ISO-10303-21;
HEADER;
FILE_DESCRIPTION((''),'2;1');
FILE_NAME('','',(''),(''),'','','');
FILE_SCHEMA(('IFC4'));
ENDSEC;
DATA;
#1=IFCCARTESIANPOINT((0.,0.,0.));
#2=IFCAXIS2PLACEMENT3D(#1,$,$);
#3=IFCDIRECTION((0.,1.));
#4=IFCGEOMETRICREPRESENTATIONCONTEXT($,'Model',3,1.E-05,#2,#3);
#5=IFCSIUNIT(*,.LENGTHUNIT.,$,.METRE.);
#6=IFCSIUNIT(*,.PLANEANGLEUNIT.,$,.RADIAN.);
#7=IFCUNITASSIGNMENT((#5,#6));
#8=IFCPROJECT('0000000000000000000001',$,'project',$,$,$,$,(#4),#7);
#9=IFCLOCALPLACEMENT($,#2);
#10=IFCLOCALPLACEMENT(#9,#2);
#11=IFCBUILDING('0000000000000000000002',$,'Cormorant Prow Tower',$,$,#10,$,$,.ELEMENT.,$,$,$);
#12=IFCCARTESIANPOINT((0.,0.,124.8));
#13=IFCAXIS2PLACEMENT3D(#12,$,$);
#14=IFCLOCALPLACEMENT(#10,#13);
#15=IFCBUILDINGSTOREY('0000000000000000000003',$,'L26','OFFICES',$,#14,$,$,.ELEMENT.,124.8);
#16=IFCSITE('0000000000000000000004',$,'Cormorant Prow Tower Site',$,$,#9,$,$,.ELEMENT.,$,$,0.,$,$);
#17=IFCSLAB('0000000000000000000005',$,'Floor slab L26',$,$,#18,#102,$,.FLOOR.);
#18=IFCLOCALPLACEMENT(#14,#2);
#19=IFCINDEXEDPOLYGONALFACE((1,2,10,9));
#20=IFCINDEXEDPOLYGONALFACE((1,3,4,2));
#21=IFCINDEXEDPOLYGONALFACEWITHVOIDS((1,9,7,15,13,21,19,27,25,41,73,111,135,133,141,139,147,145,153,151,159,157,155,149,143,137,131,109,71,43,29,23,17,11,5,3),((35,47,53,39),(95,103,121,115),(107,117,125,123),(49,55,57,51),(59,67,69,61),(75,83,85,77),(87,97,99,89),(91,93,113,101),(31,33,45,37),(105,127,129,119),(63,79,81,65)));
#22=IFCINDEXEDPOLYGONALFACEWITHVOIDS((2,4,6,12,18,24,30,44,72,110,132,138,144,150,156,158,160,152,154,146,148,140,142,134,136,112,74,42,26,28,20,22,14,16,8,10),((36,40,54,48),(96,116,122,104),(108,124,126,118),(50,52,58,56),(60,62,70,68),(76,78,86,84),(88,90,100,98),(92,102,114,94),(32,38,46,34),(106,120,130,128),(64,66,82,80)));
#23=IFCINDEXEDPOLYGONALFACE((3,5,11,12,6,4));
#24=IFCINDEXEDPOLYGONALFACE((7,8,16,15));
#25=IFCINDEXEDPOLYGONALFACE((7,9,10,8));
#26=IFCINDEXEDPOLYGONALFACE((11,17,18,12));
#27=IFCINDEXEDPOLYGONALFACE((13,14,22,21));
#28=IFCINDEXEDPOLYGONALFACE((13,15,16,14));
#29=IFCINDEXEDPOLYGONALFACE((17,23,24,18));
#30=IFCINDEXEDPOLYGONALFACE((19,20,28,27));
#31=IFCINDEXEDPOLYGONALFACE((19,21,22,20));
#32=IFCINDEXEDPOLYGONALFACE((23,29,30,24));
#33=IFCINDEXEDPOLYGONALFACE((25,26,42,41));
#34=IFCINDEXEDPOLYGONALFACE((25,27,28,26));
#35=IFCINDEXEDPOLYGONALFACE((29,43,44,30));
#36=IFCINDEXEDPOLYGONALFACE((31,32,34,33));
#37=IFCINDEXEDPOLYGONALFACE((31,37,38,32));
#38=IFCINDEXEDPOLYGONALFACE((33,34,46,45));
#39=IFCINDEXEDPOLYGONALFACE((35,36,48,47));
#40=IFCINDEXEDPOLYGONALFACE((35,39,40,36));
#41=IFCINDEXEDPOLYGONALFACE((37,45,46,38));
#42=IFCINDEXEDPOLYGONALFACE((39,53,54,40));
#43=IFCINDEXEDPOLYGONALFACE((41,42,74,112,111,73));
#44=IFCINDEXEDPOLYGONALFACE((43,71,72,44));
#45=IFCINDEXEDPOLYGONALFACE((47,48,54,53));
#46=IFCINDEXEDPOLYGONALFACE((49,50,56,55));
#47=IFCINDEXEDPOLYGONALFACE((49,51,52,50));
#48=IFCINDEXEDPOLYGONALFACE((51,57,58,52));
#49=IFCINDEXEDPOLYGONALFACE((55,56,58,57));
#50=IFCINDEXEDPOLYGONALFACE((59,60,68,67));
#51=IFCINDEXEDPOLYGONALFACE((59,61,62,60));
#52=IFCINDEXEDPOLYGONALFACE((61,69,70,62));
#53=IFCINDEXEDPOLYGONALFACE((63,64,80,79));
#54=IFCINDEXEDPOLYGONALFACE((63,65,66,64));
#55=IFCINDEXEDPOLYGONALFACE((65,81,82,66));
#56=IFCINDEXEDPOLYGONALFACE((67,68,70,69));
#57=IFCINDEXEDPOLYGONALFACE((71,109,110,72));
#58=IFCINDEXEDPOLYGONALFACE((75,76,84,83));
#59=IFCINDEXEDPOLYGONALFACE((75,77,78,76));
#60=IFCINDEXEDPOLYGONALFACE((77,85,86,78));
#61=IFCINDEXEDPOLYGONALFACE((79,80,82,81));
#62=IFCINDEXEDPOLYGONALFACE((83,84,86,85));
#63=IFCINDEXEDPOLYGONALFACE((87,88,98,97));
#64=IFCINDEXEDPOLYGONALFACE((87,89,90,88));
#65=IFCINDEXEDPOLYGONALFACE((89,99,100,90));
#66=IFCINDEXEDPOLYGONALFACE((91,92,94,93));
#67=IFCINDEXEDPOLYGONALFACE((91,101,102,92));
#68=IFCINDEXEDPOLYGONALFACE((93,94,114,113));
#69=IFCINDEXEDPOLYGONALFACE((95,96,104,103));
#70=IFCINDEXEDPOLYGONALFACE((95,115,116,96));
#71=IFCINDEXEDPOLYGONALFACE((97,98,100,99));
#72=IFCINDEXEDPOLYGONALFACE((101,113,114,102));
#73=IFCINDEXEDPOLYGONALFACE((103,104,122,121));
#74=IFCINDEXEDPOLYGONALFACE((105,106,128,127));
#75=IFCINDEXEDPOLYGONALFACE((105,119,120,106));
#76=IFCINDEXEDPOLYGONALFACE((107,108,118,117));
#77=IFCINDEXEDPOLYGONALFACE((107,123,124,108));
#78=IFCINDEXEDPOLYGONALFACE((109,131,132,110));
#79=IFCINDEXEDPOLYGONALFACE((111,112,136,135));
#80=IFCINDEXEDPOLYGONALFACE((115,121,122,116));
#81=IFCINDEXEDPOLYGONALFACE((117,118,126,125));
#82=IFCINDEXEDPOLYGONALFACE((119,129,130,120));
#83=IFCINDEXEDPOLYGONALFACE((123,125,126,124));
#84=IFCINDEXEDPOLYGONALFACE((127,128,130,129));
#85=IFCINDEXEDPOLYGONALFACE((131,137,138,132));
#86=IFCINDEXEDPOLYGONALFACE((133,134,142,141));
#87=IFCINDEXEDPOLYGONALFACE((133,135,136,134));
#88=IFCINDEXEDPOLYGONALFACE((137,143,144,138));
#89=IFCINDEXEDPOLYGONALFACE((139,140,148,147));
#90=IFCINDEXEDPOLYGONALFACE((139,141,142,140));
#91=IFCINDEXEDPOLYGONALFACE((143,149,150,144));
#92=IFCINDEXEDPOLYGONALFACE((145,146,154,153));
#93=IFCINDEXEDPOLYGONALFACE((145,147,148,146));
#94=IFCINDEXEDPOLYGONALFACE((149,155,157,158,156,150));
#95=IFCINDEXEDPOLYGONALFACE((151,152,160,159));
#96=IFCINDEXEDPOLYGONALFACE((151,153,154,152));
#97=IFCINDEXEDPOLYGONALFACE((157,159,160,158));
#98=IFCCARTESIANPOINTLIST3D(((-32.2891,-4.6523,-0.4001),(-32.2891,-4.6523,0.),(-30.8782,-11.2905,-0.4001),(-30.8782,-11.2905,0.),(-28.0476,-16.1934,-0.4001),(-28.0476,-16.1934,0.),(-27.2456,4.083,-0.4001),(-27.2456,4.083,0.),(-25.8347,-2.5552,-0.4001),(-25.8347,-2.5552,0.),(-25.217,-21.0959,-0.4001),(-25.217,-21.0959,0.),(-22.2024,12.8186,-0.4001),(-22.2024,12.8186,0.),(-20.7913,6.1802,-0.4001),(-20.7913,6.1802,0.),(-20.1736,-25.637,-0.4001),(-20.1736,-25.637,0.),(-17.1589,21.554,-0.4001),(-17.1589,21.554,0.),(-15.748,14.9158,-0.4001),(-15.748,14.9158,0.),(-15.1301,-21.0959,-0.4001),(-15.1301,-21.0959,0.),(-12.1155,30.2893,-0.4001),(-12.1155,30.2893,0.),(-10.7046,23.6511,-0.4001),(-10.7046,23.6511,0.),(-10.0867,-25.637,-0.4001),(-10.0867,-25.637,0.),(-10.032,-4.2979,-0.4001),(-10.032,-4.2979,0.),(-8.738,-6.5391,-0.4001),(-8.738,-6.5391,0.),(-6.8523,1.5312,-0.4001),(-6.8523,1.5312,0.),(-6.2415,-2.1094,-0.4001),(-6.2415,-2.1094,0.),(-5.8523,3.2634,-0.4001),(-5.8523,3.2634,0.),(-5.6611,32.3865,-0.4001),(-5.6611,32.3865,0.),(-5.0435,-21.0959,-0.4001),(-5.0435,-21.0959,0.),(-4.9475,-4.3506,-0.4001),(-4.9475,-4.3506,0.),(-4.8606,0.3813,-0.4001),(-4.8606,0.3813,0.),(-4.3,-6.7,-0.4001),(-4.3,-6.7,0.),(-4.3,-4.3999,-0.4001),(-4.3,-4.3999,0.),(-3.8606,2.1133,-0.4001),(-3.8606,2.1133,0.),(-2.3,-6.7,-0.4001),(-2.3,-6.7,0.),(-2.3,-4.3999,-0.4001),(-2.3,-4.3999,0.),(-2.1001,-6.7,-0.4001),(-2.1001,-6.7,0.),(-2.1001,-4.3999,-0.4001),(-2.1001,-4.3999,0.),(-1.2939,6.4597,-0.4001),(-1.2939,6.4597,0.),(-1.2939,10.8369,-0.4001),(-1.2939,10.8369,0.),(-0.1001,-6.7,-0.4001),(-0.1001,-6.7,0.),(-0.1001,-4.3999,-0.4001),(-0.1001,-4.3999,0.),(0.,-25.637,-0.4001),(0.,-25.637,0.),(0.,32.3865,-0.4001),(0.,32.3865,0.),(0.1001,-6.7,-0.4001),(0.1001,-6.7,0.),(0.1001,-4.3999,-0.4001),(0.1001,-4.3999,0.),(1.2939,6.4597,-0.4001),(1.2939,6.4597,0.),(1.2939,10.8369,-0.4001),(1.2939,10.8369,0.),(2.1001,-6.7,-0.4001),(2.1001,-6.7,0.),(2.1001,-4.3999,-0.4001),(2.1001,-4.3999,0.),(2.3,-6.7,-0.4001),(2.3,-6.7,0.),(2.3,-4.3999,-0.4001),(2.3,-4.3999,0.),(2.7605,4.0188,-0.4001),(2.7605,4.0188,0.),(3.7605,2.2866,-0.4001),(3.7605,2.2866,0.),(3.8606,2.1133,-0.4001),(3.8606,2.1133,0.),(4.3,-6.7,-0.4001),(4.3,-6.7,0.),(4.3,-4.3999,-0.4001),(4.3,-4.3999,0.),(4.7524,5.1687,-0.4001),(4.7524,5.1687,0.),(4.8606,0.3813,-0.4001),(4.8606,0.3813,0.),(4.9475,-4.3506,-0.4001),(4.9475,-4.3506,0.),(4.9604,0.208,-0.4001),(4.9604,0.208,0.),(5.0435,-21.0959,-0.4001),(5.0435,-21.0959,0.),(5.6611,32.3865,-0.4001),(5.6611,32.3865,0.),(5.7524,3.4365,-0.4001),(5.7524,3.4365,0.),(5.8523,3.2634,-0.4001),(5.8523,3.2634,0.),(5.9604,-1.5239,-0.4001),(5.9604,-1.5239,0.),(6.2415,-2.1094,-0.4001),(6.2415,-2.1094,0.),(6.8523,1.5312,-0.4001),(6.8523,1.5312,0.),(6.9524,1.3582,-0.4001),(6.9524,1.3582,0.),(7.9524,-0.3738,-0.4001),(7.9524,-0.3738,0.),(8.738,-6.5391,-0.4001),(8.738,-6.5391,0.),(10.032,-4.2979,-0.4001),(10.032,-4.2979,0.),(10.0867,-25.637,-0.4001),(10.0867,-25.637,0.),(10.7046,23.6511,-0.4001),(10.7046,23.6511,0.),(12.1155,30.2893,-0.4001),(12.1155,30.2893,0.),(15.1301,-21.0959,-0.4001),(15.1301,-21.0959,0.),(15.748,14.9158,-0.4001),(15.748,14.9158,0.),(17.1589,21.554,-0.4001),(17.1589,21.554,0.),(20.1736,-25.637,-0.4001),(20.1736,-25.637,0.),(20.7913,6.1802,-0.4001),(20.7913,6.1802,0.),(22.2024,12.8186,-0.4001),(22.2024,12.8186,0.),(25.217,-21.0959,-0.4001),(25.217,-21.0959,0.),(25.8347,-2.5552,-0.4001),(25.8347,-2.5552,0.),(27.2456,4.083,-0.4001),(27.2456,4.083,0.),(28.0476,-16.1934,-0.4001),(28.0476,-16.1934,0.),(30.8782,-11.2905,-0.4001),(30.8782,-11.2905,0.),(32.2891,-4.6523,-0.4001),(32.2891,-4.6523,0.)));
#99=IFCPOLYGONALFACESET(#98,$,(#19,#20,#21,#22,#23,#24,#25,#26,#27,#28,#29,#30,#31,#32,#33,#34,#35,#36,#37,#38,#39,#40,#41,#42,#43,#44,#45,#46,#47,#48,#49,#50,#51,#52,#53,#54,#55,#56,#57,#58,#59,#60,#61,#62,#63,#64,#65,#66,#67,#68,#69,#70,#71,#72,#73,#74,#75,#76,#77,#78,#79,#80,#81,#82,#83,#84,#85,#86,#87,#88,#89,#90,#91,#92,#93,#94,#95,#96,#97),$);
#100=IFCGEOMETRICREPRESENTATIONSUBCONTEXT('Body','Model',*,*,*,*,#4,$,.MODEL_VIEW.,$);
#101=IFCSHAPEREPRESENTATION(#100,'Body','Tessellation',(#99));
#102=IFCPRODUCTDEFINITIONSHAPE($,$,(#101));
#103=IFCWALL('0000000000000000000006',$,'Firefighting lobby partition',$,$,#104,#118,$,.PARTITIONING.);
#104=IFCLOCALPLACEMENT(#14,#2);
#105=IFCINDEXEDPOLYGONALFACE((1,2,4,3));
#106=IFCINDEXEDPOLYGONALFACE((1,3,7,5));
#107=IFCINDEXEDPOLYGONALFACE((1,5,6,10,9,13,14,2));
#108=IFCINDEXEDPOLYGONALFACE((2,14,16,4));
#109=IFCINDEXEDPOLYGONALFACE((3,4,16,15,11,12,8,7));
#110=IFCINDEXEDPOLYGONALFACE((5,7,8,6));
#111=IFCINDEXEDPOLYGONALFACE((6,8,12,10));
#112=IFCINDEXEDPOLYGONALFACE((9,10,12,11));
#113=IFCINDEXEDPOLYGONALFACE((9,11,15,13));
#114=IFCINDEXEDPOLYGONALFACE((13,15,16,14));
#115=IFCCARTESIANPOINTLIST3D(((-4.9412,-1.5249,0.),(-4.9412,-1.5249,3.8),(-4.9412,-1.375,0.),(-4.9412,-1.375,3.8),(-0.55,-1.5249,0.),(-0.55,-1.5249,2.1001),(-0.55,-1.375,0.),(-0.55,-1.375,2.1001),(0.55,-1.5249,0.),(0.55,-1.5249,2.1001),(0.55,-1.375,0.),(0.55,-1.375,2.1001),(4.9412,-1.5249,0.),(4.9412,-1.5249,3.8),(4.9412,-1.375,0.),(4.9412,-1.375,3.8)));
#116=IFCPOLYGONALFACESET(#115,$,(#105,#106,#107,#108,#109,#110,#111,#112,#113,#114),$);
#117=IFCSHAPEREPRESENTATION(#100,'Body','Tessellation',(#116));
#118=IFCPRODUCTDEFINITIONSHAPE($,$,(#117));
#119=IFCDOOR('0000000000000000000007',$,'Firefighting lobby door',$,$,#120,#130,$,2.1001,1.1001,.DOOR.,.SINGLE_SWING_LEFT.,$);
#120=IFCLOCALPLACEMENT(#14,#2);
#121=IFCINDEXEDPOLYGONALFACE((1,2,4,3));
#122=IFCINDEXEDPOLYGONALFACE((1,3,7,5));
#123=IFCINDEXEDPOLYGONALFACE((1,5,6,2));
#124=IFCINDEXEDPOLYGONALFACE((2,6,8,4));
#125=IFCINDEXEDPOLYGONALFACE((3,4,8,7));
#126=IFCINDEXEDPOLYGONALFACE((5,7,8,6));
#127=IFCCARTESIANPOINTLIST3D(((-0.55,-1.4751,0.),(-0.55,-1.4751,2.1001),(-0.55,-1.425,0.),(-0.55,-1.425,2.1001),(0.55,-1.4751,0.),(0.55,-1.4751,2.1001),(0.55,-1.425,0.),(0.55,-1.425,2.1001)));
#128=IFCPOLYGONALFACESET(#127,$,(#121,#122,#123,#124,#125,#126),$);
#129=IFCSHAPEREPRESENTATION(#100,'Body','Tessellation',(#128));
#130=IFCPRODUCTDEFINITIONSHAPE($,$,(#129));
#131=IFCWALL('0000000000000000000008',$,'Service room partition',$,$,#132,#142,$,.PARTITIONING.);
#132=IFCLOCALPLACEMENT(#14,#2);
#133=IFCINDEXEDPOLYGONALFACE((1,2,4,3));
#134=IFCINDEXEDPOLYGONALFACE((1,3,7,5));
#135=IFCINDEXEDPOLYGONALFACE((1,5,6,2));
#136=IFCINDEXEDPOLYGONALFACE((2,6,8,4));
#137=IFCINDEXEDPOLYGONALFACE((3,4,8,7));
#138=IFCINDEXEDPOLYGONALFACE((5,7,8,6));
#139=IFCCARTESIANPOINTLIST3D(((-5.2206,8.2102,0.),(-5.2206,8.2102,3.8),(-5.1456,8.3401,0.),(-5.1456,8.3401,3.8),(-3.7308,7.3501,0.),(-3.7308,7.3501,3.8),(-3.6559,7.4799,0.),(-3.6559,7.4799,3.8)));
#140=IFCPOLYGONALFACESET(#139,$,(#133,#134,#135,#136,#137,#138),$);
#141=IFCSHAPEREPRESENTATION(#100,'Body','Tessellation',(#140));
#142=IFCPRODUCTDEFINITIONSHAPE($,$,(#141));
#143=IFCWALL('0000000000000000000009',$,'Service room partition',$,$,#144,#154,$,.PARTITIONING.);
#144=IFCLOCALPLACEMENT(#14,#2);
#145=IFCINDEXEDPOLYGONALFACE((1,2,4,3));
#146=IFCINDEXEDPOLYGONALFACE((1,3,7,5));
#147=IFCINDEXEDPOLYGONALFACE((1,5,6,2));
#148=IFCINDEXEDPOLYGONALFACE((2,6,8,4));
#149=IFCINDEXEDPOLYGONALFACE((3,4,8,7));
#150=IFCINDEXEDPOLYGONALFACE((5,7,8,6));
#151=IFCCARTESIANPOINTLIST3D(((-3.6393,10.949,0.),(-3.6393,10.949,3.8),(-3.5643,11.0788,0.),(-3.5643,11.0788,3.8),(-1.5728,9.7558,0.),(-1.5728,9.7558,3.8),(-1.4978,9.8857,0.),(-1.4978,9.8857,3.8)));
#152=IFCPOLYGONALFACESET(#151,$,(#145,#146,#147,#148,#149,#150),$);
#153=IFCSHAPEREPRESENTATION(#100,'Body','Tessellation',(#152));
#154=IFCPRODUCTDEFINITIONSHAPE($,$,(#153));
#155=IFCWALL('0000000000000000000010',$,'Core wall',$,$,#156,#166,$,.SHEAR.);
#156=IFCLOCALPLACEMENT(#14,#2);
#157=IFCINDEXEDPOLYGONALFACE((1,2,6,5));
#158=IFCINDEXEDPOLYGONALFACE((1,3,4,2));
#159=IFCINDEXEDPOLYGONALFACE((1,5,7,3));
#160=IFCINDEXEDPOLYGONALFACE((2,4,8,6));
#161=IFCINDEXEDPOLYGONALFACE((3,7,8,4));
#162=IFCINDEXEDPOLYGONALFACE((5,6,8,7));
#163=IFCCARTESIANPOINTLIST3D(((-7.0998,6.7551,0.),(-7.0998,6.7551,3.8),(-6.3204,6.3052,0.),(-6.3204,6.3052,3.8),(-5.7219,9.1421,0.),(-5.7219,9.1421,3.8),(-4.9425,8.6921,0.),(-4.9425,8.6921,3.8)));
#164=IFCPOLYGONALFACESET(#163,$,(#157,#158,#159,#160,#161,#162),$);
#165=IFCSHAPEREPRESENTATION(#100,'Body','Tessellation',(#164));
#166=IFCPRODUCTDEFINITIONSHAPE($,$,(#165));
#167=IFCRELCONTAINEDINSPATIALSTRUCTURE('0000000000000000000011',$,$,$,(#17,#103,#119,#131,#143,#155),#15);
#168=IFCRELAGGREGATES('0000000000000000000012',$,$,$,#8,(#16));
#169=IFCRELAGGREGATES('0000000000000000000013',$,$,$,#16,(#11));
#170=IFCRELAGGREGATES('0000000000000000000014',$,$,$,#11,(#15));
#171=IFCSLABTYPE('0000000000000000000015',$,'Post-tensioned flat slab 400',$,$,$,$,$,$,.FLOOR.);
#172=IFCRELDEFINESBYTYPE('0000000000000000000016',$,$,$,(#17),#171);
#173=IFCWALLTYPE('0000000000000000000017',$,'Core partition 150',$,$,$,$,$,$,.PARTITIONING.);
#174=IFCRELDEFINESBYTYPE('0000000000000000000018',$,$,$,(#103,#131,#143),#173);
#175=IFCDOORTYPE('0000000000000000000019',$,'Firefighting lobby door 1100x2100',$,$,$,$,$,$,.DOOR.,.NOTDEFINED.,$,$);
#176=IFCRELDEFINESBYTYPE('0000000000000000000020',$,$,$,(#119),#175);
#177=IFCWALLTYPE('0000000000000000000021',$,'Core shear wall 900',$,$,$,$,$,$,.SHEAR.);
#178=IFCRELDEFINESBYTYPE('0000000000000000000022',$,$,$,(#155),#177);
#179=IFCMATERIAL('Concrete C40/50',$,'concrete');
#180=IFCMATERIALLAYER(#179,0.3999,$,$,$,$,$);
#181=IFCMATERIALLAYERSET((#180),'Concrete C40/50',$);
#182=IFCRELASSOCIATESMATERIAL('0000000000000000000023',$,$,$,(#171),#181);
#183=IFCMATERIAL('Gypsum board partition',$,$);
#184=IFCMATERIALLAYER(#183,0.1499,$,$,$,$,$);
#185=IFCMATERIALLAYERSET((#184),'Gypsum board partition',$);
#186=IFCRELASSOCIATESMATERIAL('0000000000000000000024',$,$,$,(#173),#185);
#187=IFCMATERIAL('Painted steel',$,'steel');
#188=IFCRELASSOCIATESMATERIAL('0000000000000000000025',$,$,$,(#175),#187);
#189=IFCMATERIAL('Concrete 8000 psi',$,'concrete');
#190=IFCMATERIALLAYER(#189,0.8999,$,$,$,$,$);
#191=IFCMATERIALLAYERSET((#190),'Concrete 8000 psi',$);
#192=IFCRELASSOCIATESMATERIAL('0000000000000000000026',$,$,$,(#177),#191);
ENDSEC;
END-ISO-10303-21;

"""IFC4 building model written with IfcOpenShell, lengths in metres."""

from ifc_helpers import new_model, si_unit, direction, frame, frame_2d, origin, place, context, subcontext, project, spatial, polyline, rectangle, outline, extrude, material, layer, layer_set, type_object, element, fill, save


model = new_model("IFC4")

# Units and contexts
model_context = context("Model", 3, precision=1e-05, world=origin(), true_north=direction((0.0, 1.0)))
body_context = subcontext(model_context, "Body", "Model", "MODEL_VIEW")
ifc_project = project(units=[si_unit("LENGTHUNIT", "METRE"), si_unit("PLANEANGLEUNIT", "RADIAN")], contexts=[model_context])

# Site, building, storey
site_placement = place(None, origin())
site = spatial("IfcSite", under=ifc_project, at=site_placement, Name="Cormorant Prow Tower Site", CompositionType="ELEMENT", RefElevation=0.0)
building_placement = place(site_placement, origin())
building = spatial("IfcBuilding", under=site, at=building_placement, Name="Cormorant Prow Tower", CompositionType="ELEMENT")
storey_placement = place(building_placement, frame((0.0, 0.0, 124.8)))
storey = spatial("IfcBuildingStorey", under=building, at=storey_placement, Name="L26", Description="OFFICES", CompositionType="ELEMENT", Elevation=124.8)

# Slab
ifc_material_1 = material(Name="Concrete C40/50", Category="concrete")
ifc_layer_1 = layer(ifc_material_1, 0.3999)
ifc_layer_set_1 = layer_set([ifc_layer_1], Name="Concrete C40/50")
slab_type_1 = type_object("IfcSlabType", Name="Post-tensioned flat slab 400", PredefinedType="FLOOR", material=ifc_layer_set_1)
slab_1_placement = place(storey_placement, frame((0.0, 0.0, -0.4001)))
element("IfcSlab", 1, at=slab_1_placement, inside=storey, type_object=slab_type_1, Name="Floor slab L26", PredefinedType="FLOOR", context=body_context, shape_type="SweptSolid", body=[
    extrude(outline(polyline([(-12.1155, 30.2893), (-10.7046, 23.6511), (-17.1589, 21.554), (-15.748, 14.9158), (-22.2024, 12.8186), (-20.7913, 6.1802), (-27.2456, 4.083), (-25.8347, -2.5552), (-32.2891, -4.6523), (-30.8782, -11.2905), (-28.0476, -16.1934), (-25.217, -21.0959), (-20.1736, -25.637), (-15.1301, -21.0959), (-10.0867, -25.637), (-5.0435, -21.0959), (0.0, -25.637), (5.0435, -21.0959), (10.0867, -25.637), (15.1301, -21.0959), (20.1736, -25.637), (25.217, -21.0959), (28.0476, -16.1934), (30.8782, -11.2905), (32.2891, -4.6523), (25.8347, -2.5552), (27.2456, 4.083), (20.7913, 6.1802), (22.2024, 12.8186), (15.748, 14.9158), (17.1589, 21.554), (10.7046, 23.6511), (12.1155, 30.2893), (5.6611, 32.3865), (0.0, 32.3865), (-5.6611, 32.3865), (-12.1155, 30.2893)]), holes=[polyline([(-4.3, -6.7), (-4.3, -4.3999), (-2.3, -4.3999), (-2.3, -6.7), (-4.3, -6.7)]), polyline([(-2.1001, -4.3999), (-0.1001, -4.3999), (-0.1001, -6.7), (-2.1001, -6.7), (-2.1001, -4.3999)]), polyline([(2.1001, -4.3999), (2.1001, -6.7), (0.1001, -6.7), (0.1001, -4.3999), (2.1001, -4.3999)]), polyline([(4.3, -6.7), (2.3, -6.7), (2.3, -4.3999), (4.3, -4.3999), (4.3, -6.7)]), polyline([(7.9524, -0.3738), (5.9604, -1.5239), (4.9604, 0.208), (6.9524, 1.3582), (7.9524, -0.3738)]), polyline([(4.8606, 0.3813), (3.8606, 2.1133), (5.8523, 3.2634), (6.8523, 1.5312), (4.8606, 0.3813)]), polyline([(2.7605, 4.0188), (4.7524, 5.1687), (5.7524, 3.4365), (3.7605, 2.2866), (2.7605, 4.0188)]), polyline([(-6.8523, 1.5312), (-5.8523, 3.2634), (-3.8606, 2.1133), (-4.8606, 0.3813), (-6.8523, 1.5312)]), polyline([(-4.9475, -4.3506), (-8.738, -6.5391), (-10.032, -4.2979), (-6.2415, -2.1094), (-4.9475, -4.3506)]), polyline([(10.032, -4.2979), (8.738, -6.5391), (4.9475, -4.3506), (6.2415, -2.1094), (10.032, -4.2979)]), polyline([(1.2939, 10.8369), (1.2939, 6.4597), (-1.2939, 6.4597), (-1.2939, 10.8369), (1.2939, 10.8369)])]), origin(), (0.0, 0.0, 1.0), 0.4001),
])

# Wall, opening, door
ifc_material_2 = material(Name="Gypsum board partition")
ifc_layer_2 = layer(ifc_material_2, 0.1499)
ifc_layer_set_2 = layer_set([ifc_layer_2], Name="Gypsum board partition")
wall_type_1 = type_object("IfcWallType", Name="Core partition 150", PredefinedType="PARTITIONING", material=ifc_layer_set_2)
wall_1_placement = place(storey_placement, frame((-4.9412, -1.45, 0.0), z_axis=(0.0, 0.0, 1.0), x_axis=(1.0, 0.0, 0.0)))
wall_1 = element("IfcWall", 2, at=wall_1_placement, inside=storey, type_object=wall_type_1, Name="Firefighting lobby partition", PredefinedType="PARTITIONING", context=body_context, shape_type="SweptSolid", body=[
    extrude(rectangle(XDim=9.8823, YDim=0.1499, at=frame_2d((4.9412, 0.0))), origin(), (0.0, 0.0, 1.0), 3.8),
])
opening_1_placement = place(wall_1_placement, frame((4.3911, 0.0, 0.0)))
opening_1 = element("IfcOpeningElement", 3, at=opening_1_placement, cuts=wall_1, PredefinedType="OPENING", context=body_context, shape_type="SweptSolid", body=[
    extrude(rectangle(XDim=1.1001, YDim=2.1001, at=frame_2d((0.55, 1.05))), frame((0.0, 0.085, 0.0), z_axis=(0.0, -1.0, 0.0), x_axis=(1.0, 0.0, 0.0)), (0.0, 0.0, 1.0), 0.1699),
])
ifc_material_3 = material(Name="Painted steel", Category="steel")
door_type_1 = type_object("IfcDoorType", Name="Firefighting lobby door 1100x2100", OperationType="NOTDEFINED", PredefinedType="DOOR", material=ifc_material_3)
door_1_placement = place(opening_1_placement, origin())
door_1 = element("IfcDoor", 4, at=door_1_placement, inside=storey, type_object=door_type_1, Name="Firefighting lobby door", OperationType="SINGLE_SWING_LEFT", OverallHeight=2.1001, OverallWidth=1.1001, PredefinedType="DOOR", context=body_context, shape_type="SweptSolid", body=[
    extrude(rectangle(XDim=1.1001, YDim=2.1001, at=frame_2d((0.55, 1.05))), frame((0.0, 0.0249, 0.0), z_axis=(0.0, -1.0, 0.0), x_axis=(1.0, 0.0, 0.0)), (0.0, 0.0, 1.0), 0.05),
])
fill(opening_1, door_1)

# Walls
wall_2_placement = place(storey_placement, frame((-3.6934, 7.415, 0.0), z_axis=(0.0, 0.0, 1.0), x_axis=(-0.866025, 0.500001, 0.0)))
element("IfcWall", 5, at=wall_2_placement, inside=storey, type_object=wall_type_1, Name="Service room partition", PredefinedType="PARTITIONING", context=body_context, shape_type="SweptSolid", body=[
    extrude(rectangle(XDim=1.7202, YDim=0.1499, at=frame_2d((0.8601, 0.0))), origin(), (0.0, 0.0, 1.0), 3.8),
])
wall_3_placement = place(storey_placement, frame((-3.6018, 11.0139, 0.0), z_axis=(0.0, 0.0, 1.0), x_axis=(0.866012, -0.500024, 0.0)))
element("IfcWall", 6, at=wall_3_placement, inside=storey, type_object=wall_type_1, Name="Service room partition", PredefinedType="PARTITIONING", context=body_context, shape_type="SweptSolid", body=[
    extrude(rectangle(XDim=2.3862, YDim=0.1499, at=frame_2d((1.1931, 0.0))), origin(), (0.0, 0.0, 1.0), 3.8),
])
ifc_material_4 = material(Name="Concrete 8000 psi", Category="concrete")
ifc_layer_3 = layer(ifc_material_4, 0.8999)
ifc_layer_set_3 = layer_set([ifc_layer_3], Name="Concrete 8000 psi")
wall_type_2 = type_object("IfcWallType", Name="Core shear wall 900", PredefinedType="SHEAR", material=ifc_layer_set_3)
wall_4_placement = place(storey_placement, frame((-5.3323, 8.917, 0.0), z_axis=(0.0, 0.0, 1.0), x_axis=(-0.49995, -0.866054, 0.0)))
element("IfcWall", 7, at=wall_4_placement, inside=storey, type_object=wall_type_2, Name="Core wall", PredefinedType="SHEAR", context=body_context, shape_type="SweptSolid", body=[
    extrude(rectangle(XDim=2.7561, YDim=0.8999, at=frame_2d((1.3779, 0.0))), origin(), (0.0, 0.0, 1.0), 3.8),
])

save(model, "model.ifc")
